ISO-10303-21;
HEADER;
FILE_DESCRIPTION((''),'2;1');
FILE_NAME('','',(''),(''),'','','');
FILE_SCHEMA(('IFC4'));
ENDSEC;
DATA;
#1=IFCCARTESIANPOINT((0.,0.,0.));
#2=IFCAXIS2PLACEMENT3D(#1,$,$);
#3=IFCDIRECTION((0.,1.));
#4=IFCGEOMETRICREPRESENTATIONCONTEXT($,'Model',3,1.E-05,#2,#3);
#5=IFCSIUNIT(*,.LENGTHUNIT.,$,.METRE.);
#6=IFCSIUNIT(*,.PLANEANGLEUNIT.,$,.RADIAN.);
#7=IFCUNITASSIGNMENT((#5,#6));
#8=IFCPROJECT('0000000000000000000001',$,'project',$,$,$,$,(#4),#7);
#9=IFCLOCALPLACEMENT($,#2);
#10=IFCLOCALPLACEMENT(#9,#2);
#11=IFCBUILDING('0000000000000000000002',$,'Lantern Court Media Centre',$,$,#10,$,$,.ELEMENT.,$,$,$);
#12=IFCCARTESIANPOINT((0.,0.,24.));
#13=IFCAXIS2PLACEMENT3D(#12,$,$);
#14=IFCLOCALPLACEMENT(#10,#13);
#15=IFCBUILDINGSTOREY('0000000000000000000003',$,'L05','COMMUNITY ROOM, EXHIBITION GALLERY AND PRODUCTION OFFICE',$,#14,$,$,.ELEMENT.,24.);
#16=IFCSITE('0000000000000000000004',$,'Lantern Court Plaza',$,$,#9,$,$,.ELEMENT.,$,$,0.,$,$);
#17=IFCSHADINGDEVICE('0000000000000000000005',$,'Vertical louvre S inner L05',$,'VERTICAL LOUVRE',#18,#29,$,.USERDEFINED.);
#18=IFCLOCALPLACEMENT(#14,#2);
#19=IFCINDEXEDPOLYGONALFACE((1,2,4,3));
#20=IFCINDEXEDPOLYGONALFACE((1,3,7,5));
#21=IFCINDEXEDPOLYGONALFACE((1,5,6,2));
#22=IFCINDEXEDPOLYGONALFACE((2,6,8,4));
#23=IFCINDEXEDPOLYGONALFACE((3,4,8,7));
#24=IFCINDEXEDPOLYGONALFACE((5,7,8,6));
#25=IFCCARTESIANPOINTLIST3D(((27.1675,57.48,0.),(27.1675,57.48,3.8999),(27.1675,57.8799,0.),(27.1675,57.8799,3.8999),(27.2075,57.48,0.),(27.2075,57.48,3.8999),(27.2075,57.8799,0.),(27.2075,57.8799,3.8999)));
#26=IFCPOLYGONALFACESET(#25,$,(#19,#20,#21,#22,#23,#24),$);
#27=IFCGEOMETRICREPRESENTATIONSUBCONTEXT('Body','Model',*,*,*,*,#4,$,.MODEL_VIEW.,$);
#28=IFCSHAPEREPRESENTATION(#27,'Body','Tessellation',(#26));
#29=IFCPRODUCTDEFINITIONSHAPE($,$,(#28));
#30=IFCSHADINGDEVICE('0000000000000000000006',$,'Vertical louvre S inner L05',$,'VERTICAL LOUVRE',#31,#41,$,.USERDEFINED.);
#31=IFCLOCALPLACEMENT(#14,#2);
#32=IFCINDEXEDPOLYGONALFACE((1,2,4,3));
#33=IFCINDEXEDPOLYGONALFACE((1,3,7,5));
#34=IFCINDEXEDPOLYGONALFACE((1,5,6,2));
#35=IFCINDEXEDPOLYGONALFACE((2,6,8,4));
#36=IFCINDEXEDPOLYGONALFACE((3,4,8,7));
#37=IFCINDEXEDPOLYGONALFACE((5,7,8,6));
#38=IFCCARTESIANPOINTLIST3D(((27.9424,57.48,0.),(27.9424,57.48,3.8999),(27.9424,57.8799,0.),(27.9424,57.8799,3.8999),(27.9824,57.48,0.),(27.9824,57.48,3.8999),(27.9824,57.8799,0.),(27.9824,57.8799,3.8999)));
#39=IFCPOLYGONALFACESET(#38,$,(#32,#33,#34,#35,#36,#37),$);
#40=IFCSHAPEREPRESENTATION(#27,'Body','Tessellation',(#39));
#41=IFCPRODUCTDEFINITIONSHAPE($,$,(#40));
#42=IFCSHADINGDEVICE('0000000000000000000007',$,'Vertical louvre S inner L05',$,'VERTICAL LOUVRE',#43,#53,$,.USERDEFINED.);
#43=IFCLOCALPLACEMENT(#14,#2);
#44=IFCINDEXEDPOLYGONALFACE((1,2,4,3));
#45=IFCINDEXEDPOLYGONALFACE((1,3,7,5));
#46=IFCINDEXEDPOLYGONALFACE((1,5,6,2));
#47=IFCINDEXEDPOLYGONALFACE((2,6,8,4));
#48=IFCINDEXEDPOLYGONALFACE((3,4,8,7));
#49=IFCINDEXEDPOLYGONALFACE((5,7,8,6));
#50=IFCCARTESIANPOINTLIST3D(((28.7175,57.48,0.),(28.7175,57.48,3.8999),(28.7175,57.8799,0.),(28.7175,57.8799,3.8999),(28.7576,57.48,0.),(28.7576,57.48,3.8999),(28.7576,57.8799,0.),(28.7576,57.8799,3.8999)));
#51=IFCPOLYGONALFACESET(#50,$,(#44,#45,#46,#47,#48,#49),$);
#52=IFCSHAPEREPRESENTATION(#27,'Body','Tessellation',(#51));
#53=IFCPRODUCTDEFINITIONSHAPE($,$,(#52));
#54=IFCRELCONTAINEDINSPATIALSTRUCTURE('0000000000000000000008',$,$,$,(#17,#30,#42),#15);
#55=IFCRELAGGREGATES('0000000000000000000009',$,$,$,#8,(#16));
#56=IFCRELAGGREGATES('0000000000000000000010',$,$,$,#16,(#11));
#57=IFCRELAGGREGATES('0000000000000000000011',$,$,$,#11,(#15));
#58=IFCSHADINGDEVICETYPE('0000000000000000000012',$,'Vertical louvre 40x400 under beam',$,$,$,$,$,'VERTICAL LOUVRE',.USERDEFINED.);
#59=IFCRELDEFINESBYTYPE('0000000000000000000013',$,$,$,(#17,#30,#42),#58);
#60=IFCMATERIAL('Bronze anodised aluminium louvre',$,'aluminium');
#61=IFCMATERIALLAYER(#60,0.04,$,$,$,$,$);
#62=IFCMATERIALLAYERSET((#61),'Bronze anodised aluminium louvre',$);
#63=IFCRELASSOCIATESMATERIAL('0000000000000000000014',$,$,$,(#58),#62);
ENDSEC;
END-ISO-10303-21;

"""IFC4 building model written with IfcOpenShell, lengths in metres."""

from ifc_helpers import new_model, si_unit, direction, frame, origin, origin_2d, place, context, subcontext, project, spatial, rectangle, extrude, material, layer, layer_set, type_object, element, save


model = new_model("IFC4")

# Units and contexts
model_context = context("Model", 3, precision=1e-05, world=origin(), true_north=direction((0.0, 1.0)))
body_context = subcontext(model_context, "Body", "Model", "MODEL_VIEW")
ifc_project = project(units=[si_unit("LENGTHUNIT", "METRE"), si_unit("PLANEANGLEUNIT", "RADIAN")], contexts=[model_context])

# Site, building, storey
site_placement = place(None, origin())
site = spatial("IfcSite", under=ifc_project, at=site_placement, Name="Lantern Court Plaza", CompositionType="ELEMENT", RefElevation=0.0)
building_placement = place(site_placement, origin())
building = spatial("IfcBuilding", under=site, at=building_placement, Name="Lantern Court Media Centre", CompositionType="ELEMENT")
storey_placement = place(building_placement, frame((0.0, 0.0, 24.0)))
storey = spatial("IfcBuildingStorey", under=building, at=storey_placement, Name="L05", Description="COMMUNITY ROOM, EXHIBITION GALLERY AND PRODUCTION OFFICE", CompositionType="ELEMENT", Elevation=24.0)

# Shading devices
ifc_material_1 = material(Name="Bronze anodised aluminium louvre", Category="aluminium")
ifc_layer_1 = layer(ifc_material_1, 0.04)
ifc_layer_set_1 = layer_set([ifc_layer_1], Name="Bronze anodised aluminium louvre")
shading_device_type = type_object("IfcShadingDeviceType", Name="Vertical louvre 40x400 under beam", ElementType="VERTICAL LOUVRE", PredefinedType="USERDEFINED", material=ifc_layer_set_1)
for number, where, z_axis, x_axis, name in (
    (1, (27.1875, 57.6799, 0.0), (0.0, 0.0, 1.0), (1.0, 0.0, 0.0), "Vertical louvre S inner L05"),
    (2, (27.9624, 57.6799, 0.0), (0.0, 0.0, 1.0), (1.0, 0.0, 0.0), "Vertical louvre S inner L05"),
    (3, (28.7375, 57.6799, 0.0), (0.0, 0.0, 1.0), (1.0, 0.0, 0.0), "Vertical louvre S inner L05"),
):
    element("IfcShadingDevice", number, at=place(storey_placement, frame(where, z_axis=z_axis, x_axis=x_axis)), inside=storey, type_object=shading_device_type, Name=name, ObjectType="VERTICAL LOUVRE", PredefinedType="USERDEFINED", context=body_context, shape_type="SweptSolid", body=[
        extrude(rectangle(XDim=0.04, YDim=0.3999, at=origin_2d()), origin(), (0.0, 0.0, 1.0), 3.8999),
    ])

save(model, "model.ifc")
